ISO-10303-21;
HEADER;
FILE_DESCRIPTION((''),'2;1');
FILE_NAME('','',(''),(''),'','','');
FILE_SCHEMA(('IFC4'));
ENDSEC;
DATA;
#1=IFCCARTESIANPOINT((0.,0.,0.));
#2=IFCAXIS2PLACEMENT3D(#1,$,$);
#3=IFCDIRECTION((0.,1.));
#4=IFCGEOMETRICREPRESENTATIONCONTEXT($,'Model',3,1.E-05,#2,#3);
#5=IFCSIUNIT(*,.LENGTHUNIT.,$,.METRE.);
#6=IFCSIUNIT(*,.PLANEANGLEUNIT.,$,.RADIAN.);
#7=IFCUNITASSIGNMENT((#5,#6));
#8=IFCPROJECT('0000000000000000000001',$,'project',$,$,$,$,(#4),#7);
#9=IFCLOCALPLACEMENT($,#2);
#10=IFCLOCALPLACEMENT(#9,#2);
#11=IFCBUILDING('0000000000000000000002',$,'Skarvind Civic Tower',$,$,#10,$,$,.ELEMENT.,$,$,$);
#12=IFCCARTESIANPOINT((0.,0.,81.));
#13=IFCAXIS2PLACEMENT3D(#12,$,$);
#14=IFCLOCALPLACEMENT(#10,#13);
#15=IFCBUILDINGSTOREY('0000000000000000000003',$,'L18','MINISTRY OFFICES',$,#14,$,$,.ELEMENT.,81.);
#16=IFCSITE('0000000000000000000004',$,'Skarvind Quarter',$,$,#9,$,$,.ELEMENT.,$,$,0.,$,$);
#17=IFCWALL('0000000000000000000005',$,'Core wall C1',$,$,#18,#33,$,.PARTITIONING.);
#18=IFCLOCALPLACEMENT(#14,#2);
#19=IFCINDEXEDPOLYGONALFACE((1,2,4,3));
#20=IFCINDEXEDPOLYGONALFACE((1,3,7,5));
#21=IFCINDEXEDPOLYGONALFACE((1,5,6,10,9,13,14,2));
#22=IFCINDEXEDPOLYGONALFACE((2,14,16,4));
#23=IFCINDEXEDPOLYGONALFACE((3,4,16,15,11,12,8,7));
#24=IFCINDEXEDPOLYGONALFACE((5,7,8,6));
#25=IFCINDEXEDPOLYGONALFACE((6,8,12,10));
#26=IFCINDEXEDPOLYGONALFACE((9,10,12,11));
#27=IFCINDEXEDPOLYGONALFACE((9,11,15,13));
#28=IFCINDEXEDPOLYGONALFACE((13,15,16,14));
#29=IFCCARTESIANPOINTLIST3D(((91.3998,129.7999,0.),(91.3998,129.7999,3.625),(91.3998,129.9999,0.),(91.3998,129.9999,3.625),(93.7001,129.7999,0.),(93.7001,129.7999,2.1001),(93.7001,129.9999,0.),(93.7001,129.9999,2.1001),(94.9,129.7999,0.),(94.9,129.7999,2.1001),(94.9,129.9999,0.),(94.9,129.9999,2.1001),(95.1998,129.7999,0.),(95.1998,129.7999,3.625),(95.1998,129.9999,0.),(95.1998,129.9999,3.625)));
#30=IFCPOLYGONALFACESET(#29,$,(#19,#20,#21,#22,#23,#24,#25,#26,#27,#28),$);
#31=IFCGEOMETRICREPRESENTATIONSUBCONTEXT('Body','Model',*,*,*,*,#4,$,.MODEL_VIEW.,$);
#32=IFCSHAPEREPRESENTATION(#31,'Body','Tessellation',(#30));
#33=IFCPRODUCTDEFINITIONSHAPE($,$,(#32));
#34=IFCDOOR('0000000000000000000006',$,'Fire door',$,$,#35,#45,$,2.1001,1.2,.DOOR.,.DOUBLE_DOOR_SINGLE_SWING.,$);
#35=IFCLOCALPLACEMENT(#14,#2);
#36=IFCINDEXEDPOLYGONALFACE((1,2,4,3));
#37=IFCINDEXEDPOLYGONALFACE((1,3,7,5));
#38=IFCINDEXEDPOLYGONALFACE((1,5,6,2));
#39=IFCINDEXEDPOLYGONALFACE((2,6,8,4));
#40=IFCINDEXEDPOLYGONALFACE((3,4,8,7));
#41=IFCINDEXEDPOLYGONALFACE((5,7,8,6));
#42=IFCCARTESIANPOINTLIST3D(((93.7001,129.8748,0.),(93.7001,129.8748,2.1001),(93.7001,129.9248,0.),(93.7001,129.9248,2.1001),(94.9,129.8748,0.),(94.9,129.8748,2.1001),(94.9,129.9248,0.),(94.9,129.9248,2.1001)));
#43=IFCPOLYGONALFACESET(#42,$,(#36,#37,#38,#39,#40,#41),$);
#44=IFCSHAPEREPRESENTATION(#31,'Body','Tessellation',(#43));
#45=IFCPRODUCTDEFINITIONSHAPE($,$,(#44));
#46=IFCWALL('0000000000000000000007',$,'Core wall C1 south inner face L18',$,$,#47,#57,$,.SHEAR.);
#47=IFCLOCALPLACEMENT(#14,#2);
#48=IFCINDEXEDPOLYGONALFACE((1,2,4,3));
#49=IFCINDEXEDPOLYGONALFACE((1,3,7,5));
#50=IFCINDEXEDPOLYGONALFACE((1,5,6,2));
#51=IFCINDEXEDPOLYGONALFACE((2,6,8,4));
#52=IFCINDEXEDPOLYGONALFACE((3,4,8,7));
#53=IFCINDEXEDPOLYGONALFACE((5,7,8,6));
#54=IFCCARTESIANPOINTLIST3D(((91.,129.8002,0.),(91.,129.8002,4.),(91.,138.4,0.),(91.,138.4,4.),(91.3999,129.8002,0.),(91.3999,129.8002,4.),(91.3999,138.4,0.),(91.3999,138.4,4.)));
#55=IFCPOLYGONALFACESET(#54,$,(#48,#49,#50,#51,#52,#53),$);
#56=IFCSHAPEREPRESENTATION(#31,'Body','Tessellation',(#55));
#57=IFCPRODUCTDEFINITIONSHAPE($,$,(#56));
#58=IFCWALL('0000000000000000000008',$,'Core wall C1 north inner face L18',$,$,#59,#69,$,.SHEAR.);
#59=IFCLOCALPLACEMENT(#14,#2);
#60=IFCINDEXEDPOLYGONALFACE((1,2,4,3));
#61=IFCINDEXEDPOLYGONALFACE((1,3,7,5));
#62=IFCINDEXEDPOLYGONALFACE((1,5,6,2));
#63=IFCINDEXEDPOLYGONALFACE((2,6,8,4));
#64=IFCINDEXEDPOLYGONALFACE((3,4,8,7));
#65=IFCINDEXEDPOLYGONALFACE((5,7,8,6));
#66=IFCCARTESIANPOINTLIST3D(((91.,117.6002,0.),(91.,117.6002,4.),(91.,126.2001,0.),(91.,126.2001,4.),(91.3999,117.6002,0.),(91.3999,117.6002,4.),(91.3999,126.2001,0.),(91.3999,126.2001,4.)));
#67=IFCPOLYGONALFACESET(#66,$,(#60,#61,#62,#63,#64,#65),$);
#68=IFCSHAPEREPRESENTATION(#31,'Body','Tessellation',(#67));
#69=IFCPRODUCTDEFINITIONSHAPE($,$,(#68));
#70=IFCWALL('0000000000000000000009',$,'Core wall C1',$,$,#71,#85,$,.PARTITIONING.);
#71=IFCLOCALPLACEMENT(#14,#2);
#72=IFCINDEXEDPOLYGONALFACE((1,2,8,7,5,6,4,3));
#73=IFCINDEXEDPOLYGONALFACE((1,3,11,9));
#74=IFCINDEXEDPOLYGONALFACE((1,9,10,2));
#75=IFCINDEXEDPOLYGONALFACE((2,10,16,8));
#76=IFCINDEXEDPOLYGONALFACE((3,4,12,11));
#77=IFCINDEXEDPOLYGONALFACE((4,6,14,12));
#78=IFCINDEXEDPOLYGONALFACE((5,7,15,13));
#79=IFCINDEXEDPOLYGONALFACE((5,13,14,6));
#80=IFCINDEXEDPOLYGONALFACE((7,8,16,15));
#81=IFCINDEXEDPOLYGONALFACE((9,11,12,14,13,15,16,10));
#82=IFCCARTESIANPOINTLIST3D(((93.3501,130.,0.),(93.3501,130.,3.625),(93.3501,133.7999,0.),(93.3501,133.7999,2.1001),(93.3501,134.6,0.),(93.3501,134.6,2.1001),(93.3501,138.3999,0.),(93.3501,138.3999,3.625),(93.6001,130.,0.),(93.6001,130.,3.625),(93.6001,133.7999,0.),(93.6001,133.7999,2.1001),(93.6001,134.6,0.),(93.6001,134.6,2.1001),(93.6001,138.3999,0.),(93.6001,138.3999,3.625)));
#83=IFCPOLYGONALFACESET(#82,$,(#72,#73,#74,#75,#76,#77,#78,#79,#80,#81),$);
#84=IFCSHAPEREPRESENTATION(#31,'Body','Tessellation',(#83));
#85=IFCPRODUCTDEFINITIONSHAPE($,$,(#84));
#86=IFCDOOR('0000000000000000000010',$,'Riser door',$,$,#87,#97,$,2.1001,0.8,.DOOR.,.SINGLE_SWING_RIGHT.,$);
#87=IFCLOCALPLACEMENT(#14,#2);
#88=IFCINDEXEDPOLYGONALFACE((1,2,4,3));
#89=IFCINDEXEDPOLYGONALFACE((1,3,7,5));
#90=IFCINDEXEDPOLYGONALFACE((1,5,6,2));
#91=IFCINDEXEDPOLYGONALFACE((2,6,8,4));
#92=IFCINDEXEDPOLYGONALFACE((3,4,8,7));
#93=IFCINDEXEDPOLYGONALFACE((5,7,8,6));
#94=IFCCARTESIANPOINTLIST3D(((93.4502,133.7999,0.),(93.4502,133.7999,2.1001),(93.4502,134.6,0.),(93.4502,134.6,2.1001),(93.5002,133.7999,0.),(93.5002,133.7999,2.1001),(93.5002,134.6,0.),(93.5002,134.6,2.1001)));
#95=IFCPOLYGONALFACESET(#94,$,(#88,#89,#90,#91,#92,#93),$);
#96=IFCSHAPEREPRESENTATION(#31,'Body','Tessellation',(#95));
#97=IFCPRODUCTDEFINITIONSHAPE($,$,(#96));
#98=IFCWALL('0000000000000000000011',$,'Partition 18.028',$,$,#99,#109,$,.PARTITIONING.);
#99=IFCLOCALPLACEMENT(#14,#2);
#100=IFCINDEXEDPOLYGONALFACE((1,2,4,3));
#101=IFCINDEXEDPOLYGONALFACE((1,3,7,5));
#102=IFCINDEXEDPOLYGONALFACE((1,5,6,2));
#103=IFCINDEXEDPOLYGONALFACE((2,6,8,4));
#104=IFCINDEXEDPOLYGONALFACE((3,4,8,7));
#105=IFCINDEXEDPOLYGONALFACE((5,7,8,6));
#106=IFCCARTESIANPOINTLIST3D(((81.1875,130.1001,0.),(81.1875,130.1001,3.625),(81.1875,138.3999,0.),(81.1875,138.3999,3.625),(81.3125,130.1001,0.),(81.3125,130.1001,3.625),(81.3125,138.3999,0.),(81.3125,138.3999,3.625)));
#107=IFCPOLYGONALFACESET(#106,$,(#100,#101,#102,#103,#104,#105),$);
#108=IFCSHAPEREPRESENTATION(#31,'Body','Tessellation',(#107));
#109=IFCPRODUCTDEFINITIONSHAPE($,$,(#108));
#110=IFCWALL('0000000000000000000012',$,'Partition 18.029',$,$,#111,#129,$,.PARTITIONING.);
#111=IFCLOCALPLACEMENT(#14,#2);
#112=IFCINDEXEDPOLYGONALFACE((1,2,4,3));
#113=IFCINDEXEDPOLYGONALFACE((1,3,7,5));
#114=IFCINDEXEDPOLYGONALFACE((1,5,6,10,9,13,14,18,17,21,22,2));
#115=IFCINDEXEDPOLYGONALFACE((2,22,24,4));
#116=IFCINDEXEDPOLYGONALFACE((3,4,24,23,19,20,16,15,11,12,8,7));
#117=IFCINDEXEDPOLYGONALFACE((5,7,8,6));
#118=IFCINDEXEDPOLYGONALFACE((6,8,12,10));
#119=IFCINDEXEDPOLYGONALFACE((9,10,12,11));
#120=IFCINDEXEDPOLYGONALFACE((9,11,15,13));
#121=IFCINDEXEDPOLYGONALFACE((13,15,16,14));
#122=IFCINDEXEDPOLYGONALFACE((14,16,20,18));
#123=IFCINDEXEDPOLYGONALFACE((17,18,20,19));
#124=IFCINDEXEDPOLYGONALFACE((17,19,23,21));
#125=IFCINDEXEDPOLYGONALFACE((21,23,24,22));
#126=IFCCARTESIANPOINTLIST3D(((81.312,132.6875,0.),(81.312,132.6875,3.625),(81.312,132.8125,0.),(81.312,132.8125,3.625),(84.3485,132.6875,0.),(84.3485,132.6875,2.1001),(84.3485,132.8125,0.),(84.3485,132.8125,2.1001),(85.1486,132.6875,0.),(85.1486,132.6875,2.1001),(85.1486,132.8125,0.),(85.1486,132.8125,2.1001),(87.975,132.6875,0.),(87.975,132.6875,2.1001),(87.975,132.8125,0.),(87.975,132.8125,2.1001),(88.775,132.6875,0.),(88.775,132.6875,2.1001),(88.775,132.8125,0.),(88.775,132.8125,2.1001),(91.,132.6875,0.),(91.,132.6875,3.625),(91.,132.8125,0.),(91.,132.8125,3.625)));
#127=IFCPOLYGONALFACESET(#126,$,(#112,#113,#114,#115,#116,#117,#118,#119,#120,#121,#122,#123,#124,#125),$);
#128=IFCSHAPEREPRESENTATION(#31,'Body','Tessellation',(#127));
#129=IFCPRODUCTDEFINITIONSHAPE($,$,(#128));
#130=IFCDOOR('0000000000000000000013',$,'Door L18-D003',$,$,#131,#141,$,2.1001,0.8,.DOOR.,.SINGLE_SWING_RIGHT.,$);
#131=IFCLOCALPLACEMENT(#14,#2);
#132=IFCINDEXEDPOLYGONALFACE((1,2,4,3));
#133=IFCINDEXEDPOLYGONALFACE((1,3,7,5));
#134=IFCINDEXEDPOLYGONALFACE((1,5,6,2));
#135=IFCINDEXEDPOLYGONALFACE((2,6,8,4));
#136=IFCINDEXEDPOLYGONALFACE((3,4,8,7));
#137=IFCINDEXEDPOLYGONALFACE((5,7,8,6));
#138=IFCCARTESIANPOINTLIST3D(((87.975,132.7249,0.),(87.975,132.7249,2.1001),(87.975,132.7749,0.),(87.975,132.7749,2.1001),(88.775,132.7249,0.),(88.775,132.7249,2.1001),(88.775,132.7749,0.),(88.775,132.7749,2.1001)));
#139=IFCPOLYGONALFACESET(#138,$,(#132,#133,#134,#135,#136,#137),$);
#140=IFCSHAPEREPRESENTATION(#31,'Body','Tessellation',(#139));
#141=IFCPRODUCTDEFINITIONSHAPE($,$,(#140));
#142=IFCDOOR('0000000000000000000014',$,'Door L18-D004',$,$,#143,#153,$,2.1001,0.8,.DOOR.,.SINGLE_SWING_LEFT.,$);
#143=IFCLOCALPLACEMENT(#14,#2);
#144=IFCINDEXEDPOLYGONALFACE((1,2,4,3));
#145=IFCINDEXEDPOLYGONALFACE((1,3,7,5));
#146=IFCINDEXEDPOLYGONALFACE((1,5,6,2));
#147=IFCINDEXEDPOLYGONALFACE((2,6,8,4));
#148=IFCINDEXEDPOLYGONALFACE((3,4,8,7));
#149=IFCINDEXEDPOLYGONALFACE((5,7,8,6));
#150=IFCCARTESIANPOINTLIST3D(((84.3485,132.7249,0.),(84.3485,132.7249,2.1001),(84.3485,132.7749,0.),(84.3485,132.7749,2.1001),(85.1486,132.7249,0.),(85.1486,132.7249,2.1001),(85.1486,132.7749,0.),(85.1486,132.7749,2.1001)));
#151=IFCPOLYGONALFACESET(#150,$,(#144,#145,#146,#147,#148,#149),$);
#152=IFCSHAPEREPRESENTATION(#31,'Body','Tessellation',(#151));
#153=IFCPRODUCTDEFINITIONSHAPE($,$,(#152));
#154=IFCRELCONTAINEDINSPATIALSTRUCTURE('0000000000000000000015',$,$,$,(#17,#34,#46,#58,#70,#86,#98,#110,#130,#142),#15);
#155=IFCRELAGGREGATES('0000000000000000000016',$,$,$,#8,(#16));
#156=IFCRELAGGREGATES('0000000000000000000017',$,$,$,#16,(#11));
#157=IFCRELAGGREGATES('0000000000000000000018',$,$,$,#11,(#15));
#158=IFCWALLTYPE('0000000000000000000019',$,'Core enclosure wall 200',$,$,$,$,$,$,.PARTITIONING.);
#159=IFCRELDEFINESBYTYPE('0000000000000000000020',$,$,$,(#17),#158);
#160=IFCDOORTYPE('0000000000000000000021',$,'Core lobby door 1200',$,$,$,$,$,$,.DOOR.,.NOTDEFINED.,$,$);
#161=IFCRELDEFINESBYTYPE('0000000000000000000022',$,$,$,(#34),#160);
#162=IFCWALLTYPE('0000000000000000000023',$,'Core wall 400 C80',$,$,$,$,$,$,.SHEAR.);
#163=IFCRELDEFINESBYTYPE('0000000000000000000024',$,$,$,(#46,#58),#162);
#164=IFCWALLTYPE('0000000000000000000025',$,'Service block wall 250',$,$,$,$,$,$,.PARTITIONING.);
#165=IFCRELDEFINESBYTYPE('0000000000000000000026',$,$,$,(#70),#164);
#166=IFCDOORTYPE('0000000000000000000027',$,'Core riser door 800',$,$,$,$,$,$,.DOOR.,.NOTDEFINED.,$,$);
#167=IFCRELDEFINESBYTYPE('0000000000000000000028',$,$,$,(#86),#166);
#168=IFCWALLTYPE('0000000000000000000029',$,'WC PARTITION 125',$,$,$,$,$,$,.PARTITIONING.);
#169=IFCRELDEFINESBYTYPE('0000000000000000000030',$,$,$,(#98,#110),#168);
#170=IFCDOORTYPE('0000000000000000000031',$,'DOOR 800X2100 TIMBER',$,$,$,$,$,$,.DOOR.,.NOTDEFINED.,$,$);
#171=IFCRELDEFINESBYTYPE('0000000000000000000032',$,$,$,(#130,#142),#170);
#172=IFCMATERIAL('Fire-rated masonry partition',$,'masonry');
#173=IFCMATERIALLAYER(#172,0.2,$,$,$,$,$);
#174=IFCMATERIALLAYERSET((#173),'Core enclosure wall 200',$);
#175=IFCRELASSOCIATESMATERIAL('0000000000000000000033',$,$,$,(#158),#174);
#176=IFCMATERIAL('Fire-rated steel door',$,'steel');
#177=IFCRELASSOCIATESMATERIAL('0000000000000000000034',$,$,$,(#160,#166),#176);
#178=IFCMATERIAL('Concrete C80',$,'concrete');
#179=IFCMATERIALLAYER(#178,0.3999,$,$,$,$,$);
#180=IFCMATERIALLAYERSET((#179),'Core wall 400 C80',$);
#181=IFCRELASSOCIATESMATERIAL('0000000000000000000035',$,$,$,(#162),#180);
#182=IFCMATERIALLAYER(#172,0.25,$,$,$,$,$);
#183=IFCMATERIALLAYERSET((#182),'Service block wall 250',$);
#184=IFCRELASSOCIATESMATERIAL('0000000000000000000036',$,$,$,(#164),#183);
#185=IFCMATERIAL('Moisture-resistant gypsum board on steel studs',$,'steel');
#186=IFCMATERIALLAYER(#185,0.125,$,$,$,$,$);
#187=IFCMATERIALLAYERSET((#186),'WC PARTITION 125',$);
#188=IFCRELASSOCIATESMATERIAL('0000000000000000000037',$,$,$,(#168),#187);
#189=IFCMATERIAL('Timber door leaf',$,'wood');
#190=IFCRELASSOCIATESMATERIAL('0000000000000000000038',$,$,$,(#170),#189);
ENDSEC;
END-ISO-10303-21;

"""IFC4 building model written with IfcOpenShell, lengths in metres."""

from ifc_helpers import new_model, si_unit, direction, frame, frame_2d, origin, place, context, subcontext, project, spatial, rectangle, extrude, material, layer, layer_set, type_object, element, fill, save


model = new_model("IFC4")

# Units and contexts
model_context = context("Model", 3, precision=1e-05, world=origin(), true_north=direction((0.0, 1.0)))
body_context = subcontext(model_context, "Body", "Model", "MODEL_VIEW")
ifc_project = project(units=[si_unit("LENGTHUNIT", "METRE"), si_unit("PLANEANGLEUNIT", "RADIAN")], contexts=[model_context])

# Site, building, storey
site_placement = place(None, origin())
site = spatial("IfcSite", under=ifc_project, at=site_placement, Name="Skarvind Quarter", CompositionType="ELEMENT", RefElevation=0.0)
building_placement = place(site_placement, origin())
building = spatial("IfcBuilding", under=site, at=building_placement, Name="Skarvind Civic Tower", CompositionType="ELEMENT")
storey_placement = place(building_placement, frame((0.0, 0.0, 81.0)))
storey = spatial("IfcBuildingStorey", under=building, at=storey_placement, Name="L18", Description="MINISTRY OFFICES", CompositionType="ELEMENT", Elevation=81.0)

# Shared definitions
ifc_material_1 = material(Name="Concrete C80", Category="concrete")

# Wall, opening, door
ifc_material_2 = material(Name="Fire-rated masonry partition", Category="masonry")
ifc_layer_1 = layer(ifc_material_2, 0.2)
ifc_layer_set_1 = layer_set([ifc_layer_1], Name="Core enclosure wall 200")
wall_type_1 = type_object("IfcWallType", Name="Core enclosure wall 200", PredefinedType="PARTITIONING", material=ifc_layer_set_1)
wall_1_placement = place(storey_placement, frame((91.3999, 129.8999, 0.0), z_axis=(0.0, 0.0, 1.0), x_axis=(1.0, 0.0, 0.0)))
wall_1 = element("IfcWall", 1, at=wall_1_placement, inside=storey, type_object=wall_type_1, Name="Core wall C1", PredefinedType="PARTITIONING", context=body_context, shape_type="SweptSolid", body=[
    extrude(rectangle(XDim=3.8, YDim=0.2, at=frame_2d((1.8999, 0.0))), origin(), (0.0, 0.0, 1.0), 3.625),
])
opening_1_placement = place(wall_1_placement, frame((2.3, 0.0, 0.0)))
opening_1 = element("IfcOpeningElement", 2, at=opening_1_placement, cuts=wall_1, PredefinedType="OPENING", context=body_context, shape_type="SweptSolid", body=[
    extrude(rectangle(XDim=1.2, YDim=2.1001, at=frame_2d((0.6001, 1.05))), frame((0.0, 0.1099, 0.0), z_axis=(0.0, -1.0, 0.0), x_axis=(1.0, 0.0, 0.0)), (0.0, 0.0, 1.0), 0.22),
])
ifc_material_3 = material(Name="Fire-rated steel door", Category="steel")
door_type_1 = type_object("IfcDoorType", Name="Core lobby door 1200", OperationType="NOTDEFINED", PredefinedType="DOOR", material=ifc_material_3)
door_1_placement = place(opening_1_placement, origin())
door_1 = element("IfcDoor", 3, at=door_1_placement, inside=storey, type_object=door_type_1, Name="Fire door", OperationType="DOUBLE_DOOR_SINGLE_SWING", OverallHeight=2.1001, OverallWidth=1.2, PredefinedType="DOOR", context=body_context, shape_type="SweptSolid", body=[
    extrude(rectangle(XDim=1.2, YDim=2.1001, at=frame_2d((0.6001, 1.05))), frame((0.0, 0.0249, 0.0), z_axis=(0.0, -1.0, 0.0), x_axis=(1.0, 0.0, 0.0)), (0.0, 0.0, 1.0), 0.05),
])
fill(opening_1, door_1)

# Walls
ifc_layer_2 = layer(ifc_material_1, 0.3999)
ifc_layer_set_2 = layer_set([ifc_layer_2], Name="Core wall 400 C80")
wall_type_2 = type_object("IfcWallType", Name="Core wall 400 C80", PredefinedType="SHEAR", material=ifc_layer_set_2)
for number, where, z_axis, x_axis, name in (
    (4, (91.2, 138.3999, 0.0), (0.0, 0.0, 1.0), (0.0, -1.0, 0.0), "Core wall C1 south inner face L18"),
    (5, (91.2, 126.2, 0.0), (0.0, 0.0, 1.0), (0.0, -1.0, 0.0), "Core wall C1 north inner face L18"),
):
    element("IfcWall", number, at=place(storey_placement, frame(where, z_axis=z_axis, x_axis=x_axis)), inside=storey, type_object=wall_type_2, Name=name, PredefinedType="SHEAR", context=body_context, shape_type="SweptSolid", body=[
        extrude(rectangle(XDim=8.5999, YDim=0.3999, at=frame_2d((4.2998, 0.0))), origin(), (0.0, 0.0, 1.0), 4.0),
    ])

# Wall, opening, door
ifc_layer_3 = layer(ifc_material_2, 0.25)
ifc_layer_set_3 = layer_set([ifc_layer_3], Name="Service block wall 250")
wall_type_3 = type_object("IfcWallType", Name="Service block wall 250", PredefinedType="PARTITIONING", material=ifc_layer_set_3)
wall_2_placement = place(storey_placement, frame((93.4751, 130.0, 0.0), z_axis=(0.0, 0.0, 1.0), x_axis=(0.0, 1.0, 0.0)))
wall_2 = element("IfcWall", 6, at=wall_2_placement, inside=storey, type_object=wall_type_3, Name="Core wall C1", PredefinedType="PARTITIONING", context=body_context, shape_type="SweptSolid", body=[
    extrude(rectangle(XDim=8.3999, YDim=0.25, at=frame_2d((4.2, 0.0))), origin(), (0.0, 0.0, 1.0), 3.625),
])
opening_2_placement = place(wall_2_placement, frame((3.8, 0.0, 0.0)))
opening_2 = element("IfcOpeningElement", 7, at=opening_2_placement, cuts=wall_2, PredefinedType="OPENING", context=body_context, shape_type="SweptSolid", body=[
    extrude(rectangle(XDim=0.8, YDim=2.1001, at=frame_2d((0.3999, 1.05))), frame((0.0, 0.135, 0.0), z_axis=(0.0, -1.0, 0.0), x_axis=(1.0, 0.0, 0.0)), (0.0, 0.0, 1.0), 0.27),
])
door_type_2 = type_object("IfcDoorType", Name="Core riser door 800", OperationType="NOTDEFINED", PredefinedType="DOOR", material=ifc_material_3)
door_2_placement = place(opening_2_placement, origin())
door_2 = element("IfcDoor", 8, at=door_2_placement, inside=storey, type_object=door_type_2, Name="Riser door", OperationType="SINGLE_SWING_RIGHT", OverallHeight=2.1001, OverallWidth=0.8, PredefinedType="DOOR", context=body_context, shape_type="SweptSolid", body=[
    extrude(rectangle(XDim=0.8, YDim=2.1001, at=frame_2d((0.3999, 1.05))), frame((0.0, 0.0249, 0.0), z_axis=(0.0, -1.0, 0.0), x_axis=(1.0, 0.0, 0.0)), (0.0, 0.0, 1.0), 0.05),
])
fill(opening_2, door_2)

# Wall
ifc_material_4 = material(Name="Moisture-resistant gypsum board on steel studs", Category="steel")
ifc_layer_4 = layer(ifc_material_4, 0.125)
ifc_layer_set_4 = layer_set([ifc_layer_4], Name="WC PARTITION 125")
wall_type_4 = type_object("IfcWallType", Name="WC PARTITION 125", PredefinedType="PARTITIONING", material=ifc_layer_set_4)
wall_3_placement = place(storey_placement, frame((81.25, 130.1001, 0.0), z_axis=(0.0, 0.0, 1.0), x_axis=(0.0, 1.0, 0.0)))
element("IfcWall", 9, at=wall_3_placement, inside=storey, type_object=wall_type_4, Name="Partition 18.028", PredefinedType="PARTITIONING", context=body_context, shape_type="SweptSolid", body=[
    extrude(rectangle(XDim=8.2998, YDim=0.125, at=frame_2d((4.1499, 0.0))), origin(), (0.0, 0.0, 1.0), 3.625),
])

# Wall, openings, doors
wall_4_placement = place(storey_placement, frame((81.312, 132.75, 0.0), z_axis=(0.0, 0.0, 1.0), x_axis=(1.0, 0.0, 0.0)))
wall_4 = element("IfcWall", 10, at=wall_4_placement, inside=storey, type_object=wall_type_4, Name="Partition 18.029", PredefinedType="PARTITIONING", context=body_context, shape_type="SweptSolid", body=[
    extrude(rectangle(XDim=9.688, YDim=0.125, at=frame_2d((4.844, 0.0))), origin(), (0.0, 0.0, 1.0), 3.625),
])
opening_3_placement = place(wall_4_placement, frame((6.6631, 0.0, 0.0)))
opening_3 = element("IfcOpeningElement", 11, at=opening_3_placement, cuts=wall_4, PredefinedType="OPENING", context=body_context, shape_type="SweptSolid", body=[
    extrude(rectangle(XDim=0.8, YDim=2.1001, at=frame_2d((0.3999, 1.05))), frame((0.0, 0.0725, 0.0), z_axis=(0.0, -1.0, 0.0), x_axis=(1.0, 0.0, 0.0)), (0.0, 0.0, 1.0), 0.145),
])
opening_4_placement = place(wall_4_placement, frame((3.0366, 0.0, 0.0)))
opening_4 = element("IfcOpeningElement", 12, at=opening_4_placement, cuts=wall_4, PredefinedType="OPENING", context=body_context, shape_type="SweptSolid", body=[
    extrude(rectangle(XDim=0.8, YDim=2.1001, at=frame_2d((0.3999, 1.05))), frame((0.0, 0.0725, 0.0), z_axis=(0.0, -1.0, 0.0), x_axis=(1.0, 0.0, 0.0)), (0.0, 0.0, 1.0), 0.145),
])
ifc_material_5 = material(Name="Timber door leaf", Category="wood")
door_type_3 = type_object("IfcDoorType", Name="DOOR 800X2100 TIMBER", OperationType="NOTDEFINED", PredefinedType="DOOR", material=ifc_material_5)
door_3_placement = place(opening_3_placement, origin())
door_3 = element("IfcDoor", 13, at=door_3_placement, inside=storey, type_object=door_type_3, Name="Door L18-D003", OperationType="SINGLE_SWING_RIGHT", OverallHeight=2.1001, OverallWidth=0.8, PredefinedType="DOOR", context=body_context, shape_type="SweptSolid", body=[
    extrude(rectangle(XDim=0.8, YDim=2.1001, at=frame_2d((0.3999, 1.05))), frame((0.0, 0.0249, 0.0), z_axis=(0.0, -1.0, 0.0), x_axis=(1.0, 0.0, 0.0)), (0.0, 0.0, 1.0), 0.05),
])
fill(opening_3, door_3)
door_4_placement = place(opening_4_placement, origin())
door_4 = element("IfcDoor", 14, at=door_4_placement, inside=storey, type_object=door_type_3, Name="Door L18-D004", OperationType="SINGLE_SWING_LEFT", OverallHeight=2.1001, OverallWidth=0.8, PredefinedType="DOOR", context=body_context, shape_type="SweptSolid", body=[
    extrude(rectangle(XDim=0.8, YDim=2.1001, at=frame_2d((0.3999, 1.05))), frame((0.0, 0.0249, 0.0), z_axis=(0.0, -1.0, 0.0), x_axis=(1.0, 0.0, 0.0)), (0.0, 0.0, 1.0), 0.05),
])
fill(opening_4, door_4)

save(model, "model.ifc")
